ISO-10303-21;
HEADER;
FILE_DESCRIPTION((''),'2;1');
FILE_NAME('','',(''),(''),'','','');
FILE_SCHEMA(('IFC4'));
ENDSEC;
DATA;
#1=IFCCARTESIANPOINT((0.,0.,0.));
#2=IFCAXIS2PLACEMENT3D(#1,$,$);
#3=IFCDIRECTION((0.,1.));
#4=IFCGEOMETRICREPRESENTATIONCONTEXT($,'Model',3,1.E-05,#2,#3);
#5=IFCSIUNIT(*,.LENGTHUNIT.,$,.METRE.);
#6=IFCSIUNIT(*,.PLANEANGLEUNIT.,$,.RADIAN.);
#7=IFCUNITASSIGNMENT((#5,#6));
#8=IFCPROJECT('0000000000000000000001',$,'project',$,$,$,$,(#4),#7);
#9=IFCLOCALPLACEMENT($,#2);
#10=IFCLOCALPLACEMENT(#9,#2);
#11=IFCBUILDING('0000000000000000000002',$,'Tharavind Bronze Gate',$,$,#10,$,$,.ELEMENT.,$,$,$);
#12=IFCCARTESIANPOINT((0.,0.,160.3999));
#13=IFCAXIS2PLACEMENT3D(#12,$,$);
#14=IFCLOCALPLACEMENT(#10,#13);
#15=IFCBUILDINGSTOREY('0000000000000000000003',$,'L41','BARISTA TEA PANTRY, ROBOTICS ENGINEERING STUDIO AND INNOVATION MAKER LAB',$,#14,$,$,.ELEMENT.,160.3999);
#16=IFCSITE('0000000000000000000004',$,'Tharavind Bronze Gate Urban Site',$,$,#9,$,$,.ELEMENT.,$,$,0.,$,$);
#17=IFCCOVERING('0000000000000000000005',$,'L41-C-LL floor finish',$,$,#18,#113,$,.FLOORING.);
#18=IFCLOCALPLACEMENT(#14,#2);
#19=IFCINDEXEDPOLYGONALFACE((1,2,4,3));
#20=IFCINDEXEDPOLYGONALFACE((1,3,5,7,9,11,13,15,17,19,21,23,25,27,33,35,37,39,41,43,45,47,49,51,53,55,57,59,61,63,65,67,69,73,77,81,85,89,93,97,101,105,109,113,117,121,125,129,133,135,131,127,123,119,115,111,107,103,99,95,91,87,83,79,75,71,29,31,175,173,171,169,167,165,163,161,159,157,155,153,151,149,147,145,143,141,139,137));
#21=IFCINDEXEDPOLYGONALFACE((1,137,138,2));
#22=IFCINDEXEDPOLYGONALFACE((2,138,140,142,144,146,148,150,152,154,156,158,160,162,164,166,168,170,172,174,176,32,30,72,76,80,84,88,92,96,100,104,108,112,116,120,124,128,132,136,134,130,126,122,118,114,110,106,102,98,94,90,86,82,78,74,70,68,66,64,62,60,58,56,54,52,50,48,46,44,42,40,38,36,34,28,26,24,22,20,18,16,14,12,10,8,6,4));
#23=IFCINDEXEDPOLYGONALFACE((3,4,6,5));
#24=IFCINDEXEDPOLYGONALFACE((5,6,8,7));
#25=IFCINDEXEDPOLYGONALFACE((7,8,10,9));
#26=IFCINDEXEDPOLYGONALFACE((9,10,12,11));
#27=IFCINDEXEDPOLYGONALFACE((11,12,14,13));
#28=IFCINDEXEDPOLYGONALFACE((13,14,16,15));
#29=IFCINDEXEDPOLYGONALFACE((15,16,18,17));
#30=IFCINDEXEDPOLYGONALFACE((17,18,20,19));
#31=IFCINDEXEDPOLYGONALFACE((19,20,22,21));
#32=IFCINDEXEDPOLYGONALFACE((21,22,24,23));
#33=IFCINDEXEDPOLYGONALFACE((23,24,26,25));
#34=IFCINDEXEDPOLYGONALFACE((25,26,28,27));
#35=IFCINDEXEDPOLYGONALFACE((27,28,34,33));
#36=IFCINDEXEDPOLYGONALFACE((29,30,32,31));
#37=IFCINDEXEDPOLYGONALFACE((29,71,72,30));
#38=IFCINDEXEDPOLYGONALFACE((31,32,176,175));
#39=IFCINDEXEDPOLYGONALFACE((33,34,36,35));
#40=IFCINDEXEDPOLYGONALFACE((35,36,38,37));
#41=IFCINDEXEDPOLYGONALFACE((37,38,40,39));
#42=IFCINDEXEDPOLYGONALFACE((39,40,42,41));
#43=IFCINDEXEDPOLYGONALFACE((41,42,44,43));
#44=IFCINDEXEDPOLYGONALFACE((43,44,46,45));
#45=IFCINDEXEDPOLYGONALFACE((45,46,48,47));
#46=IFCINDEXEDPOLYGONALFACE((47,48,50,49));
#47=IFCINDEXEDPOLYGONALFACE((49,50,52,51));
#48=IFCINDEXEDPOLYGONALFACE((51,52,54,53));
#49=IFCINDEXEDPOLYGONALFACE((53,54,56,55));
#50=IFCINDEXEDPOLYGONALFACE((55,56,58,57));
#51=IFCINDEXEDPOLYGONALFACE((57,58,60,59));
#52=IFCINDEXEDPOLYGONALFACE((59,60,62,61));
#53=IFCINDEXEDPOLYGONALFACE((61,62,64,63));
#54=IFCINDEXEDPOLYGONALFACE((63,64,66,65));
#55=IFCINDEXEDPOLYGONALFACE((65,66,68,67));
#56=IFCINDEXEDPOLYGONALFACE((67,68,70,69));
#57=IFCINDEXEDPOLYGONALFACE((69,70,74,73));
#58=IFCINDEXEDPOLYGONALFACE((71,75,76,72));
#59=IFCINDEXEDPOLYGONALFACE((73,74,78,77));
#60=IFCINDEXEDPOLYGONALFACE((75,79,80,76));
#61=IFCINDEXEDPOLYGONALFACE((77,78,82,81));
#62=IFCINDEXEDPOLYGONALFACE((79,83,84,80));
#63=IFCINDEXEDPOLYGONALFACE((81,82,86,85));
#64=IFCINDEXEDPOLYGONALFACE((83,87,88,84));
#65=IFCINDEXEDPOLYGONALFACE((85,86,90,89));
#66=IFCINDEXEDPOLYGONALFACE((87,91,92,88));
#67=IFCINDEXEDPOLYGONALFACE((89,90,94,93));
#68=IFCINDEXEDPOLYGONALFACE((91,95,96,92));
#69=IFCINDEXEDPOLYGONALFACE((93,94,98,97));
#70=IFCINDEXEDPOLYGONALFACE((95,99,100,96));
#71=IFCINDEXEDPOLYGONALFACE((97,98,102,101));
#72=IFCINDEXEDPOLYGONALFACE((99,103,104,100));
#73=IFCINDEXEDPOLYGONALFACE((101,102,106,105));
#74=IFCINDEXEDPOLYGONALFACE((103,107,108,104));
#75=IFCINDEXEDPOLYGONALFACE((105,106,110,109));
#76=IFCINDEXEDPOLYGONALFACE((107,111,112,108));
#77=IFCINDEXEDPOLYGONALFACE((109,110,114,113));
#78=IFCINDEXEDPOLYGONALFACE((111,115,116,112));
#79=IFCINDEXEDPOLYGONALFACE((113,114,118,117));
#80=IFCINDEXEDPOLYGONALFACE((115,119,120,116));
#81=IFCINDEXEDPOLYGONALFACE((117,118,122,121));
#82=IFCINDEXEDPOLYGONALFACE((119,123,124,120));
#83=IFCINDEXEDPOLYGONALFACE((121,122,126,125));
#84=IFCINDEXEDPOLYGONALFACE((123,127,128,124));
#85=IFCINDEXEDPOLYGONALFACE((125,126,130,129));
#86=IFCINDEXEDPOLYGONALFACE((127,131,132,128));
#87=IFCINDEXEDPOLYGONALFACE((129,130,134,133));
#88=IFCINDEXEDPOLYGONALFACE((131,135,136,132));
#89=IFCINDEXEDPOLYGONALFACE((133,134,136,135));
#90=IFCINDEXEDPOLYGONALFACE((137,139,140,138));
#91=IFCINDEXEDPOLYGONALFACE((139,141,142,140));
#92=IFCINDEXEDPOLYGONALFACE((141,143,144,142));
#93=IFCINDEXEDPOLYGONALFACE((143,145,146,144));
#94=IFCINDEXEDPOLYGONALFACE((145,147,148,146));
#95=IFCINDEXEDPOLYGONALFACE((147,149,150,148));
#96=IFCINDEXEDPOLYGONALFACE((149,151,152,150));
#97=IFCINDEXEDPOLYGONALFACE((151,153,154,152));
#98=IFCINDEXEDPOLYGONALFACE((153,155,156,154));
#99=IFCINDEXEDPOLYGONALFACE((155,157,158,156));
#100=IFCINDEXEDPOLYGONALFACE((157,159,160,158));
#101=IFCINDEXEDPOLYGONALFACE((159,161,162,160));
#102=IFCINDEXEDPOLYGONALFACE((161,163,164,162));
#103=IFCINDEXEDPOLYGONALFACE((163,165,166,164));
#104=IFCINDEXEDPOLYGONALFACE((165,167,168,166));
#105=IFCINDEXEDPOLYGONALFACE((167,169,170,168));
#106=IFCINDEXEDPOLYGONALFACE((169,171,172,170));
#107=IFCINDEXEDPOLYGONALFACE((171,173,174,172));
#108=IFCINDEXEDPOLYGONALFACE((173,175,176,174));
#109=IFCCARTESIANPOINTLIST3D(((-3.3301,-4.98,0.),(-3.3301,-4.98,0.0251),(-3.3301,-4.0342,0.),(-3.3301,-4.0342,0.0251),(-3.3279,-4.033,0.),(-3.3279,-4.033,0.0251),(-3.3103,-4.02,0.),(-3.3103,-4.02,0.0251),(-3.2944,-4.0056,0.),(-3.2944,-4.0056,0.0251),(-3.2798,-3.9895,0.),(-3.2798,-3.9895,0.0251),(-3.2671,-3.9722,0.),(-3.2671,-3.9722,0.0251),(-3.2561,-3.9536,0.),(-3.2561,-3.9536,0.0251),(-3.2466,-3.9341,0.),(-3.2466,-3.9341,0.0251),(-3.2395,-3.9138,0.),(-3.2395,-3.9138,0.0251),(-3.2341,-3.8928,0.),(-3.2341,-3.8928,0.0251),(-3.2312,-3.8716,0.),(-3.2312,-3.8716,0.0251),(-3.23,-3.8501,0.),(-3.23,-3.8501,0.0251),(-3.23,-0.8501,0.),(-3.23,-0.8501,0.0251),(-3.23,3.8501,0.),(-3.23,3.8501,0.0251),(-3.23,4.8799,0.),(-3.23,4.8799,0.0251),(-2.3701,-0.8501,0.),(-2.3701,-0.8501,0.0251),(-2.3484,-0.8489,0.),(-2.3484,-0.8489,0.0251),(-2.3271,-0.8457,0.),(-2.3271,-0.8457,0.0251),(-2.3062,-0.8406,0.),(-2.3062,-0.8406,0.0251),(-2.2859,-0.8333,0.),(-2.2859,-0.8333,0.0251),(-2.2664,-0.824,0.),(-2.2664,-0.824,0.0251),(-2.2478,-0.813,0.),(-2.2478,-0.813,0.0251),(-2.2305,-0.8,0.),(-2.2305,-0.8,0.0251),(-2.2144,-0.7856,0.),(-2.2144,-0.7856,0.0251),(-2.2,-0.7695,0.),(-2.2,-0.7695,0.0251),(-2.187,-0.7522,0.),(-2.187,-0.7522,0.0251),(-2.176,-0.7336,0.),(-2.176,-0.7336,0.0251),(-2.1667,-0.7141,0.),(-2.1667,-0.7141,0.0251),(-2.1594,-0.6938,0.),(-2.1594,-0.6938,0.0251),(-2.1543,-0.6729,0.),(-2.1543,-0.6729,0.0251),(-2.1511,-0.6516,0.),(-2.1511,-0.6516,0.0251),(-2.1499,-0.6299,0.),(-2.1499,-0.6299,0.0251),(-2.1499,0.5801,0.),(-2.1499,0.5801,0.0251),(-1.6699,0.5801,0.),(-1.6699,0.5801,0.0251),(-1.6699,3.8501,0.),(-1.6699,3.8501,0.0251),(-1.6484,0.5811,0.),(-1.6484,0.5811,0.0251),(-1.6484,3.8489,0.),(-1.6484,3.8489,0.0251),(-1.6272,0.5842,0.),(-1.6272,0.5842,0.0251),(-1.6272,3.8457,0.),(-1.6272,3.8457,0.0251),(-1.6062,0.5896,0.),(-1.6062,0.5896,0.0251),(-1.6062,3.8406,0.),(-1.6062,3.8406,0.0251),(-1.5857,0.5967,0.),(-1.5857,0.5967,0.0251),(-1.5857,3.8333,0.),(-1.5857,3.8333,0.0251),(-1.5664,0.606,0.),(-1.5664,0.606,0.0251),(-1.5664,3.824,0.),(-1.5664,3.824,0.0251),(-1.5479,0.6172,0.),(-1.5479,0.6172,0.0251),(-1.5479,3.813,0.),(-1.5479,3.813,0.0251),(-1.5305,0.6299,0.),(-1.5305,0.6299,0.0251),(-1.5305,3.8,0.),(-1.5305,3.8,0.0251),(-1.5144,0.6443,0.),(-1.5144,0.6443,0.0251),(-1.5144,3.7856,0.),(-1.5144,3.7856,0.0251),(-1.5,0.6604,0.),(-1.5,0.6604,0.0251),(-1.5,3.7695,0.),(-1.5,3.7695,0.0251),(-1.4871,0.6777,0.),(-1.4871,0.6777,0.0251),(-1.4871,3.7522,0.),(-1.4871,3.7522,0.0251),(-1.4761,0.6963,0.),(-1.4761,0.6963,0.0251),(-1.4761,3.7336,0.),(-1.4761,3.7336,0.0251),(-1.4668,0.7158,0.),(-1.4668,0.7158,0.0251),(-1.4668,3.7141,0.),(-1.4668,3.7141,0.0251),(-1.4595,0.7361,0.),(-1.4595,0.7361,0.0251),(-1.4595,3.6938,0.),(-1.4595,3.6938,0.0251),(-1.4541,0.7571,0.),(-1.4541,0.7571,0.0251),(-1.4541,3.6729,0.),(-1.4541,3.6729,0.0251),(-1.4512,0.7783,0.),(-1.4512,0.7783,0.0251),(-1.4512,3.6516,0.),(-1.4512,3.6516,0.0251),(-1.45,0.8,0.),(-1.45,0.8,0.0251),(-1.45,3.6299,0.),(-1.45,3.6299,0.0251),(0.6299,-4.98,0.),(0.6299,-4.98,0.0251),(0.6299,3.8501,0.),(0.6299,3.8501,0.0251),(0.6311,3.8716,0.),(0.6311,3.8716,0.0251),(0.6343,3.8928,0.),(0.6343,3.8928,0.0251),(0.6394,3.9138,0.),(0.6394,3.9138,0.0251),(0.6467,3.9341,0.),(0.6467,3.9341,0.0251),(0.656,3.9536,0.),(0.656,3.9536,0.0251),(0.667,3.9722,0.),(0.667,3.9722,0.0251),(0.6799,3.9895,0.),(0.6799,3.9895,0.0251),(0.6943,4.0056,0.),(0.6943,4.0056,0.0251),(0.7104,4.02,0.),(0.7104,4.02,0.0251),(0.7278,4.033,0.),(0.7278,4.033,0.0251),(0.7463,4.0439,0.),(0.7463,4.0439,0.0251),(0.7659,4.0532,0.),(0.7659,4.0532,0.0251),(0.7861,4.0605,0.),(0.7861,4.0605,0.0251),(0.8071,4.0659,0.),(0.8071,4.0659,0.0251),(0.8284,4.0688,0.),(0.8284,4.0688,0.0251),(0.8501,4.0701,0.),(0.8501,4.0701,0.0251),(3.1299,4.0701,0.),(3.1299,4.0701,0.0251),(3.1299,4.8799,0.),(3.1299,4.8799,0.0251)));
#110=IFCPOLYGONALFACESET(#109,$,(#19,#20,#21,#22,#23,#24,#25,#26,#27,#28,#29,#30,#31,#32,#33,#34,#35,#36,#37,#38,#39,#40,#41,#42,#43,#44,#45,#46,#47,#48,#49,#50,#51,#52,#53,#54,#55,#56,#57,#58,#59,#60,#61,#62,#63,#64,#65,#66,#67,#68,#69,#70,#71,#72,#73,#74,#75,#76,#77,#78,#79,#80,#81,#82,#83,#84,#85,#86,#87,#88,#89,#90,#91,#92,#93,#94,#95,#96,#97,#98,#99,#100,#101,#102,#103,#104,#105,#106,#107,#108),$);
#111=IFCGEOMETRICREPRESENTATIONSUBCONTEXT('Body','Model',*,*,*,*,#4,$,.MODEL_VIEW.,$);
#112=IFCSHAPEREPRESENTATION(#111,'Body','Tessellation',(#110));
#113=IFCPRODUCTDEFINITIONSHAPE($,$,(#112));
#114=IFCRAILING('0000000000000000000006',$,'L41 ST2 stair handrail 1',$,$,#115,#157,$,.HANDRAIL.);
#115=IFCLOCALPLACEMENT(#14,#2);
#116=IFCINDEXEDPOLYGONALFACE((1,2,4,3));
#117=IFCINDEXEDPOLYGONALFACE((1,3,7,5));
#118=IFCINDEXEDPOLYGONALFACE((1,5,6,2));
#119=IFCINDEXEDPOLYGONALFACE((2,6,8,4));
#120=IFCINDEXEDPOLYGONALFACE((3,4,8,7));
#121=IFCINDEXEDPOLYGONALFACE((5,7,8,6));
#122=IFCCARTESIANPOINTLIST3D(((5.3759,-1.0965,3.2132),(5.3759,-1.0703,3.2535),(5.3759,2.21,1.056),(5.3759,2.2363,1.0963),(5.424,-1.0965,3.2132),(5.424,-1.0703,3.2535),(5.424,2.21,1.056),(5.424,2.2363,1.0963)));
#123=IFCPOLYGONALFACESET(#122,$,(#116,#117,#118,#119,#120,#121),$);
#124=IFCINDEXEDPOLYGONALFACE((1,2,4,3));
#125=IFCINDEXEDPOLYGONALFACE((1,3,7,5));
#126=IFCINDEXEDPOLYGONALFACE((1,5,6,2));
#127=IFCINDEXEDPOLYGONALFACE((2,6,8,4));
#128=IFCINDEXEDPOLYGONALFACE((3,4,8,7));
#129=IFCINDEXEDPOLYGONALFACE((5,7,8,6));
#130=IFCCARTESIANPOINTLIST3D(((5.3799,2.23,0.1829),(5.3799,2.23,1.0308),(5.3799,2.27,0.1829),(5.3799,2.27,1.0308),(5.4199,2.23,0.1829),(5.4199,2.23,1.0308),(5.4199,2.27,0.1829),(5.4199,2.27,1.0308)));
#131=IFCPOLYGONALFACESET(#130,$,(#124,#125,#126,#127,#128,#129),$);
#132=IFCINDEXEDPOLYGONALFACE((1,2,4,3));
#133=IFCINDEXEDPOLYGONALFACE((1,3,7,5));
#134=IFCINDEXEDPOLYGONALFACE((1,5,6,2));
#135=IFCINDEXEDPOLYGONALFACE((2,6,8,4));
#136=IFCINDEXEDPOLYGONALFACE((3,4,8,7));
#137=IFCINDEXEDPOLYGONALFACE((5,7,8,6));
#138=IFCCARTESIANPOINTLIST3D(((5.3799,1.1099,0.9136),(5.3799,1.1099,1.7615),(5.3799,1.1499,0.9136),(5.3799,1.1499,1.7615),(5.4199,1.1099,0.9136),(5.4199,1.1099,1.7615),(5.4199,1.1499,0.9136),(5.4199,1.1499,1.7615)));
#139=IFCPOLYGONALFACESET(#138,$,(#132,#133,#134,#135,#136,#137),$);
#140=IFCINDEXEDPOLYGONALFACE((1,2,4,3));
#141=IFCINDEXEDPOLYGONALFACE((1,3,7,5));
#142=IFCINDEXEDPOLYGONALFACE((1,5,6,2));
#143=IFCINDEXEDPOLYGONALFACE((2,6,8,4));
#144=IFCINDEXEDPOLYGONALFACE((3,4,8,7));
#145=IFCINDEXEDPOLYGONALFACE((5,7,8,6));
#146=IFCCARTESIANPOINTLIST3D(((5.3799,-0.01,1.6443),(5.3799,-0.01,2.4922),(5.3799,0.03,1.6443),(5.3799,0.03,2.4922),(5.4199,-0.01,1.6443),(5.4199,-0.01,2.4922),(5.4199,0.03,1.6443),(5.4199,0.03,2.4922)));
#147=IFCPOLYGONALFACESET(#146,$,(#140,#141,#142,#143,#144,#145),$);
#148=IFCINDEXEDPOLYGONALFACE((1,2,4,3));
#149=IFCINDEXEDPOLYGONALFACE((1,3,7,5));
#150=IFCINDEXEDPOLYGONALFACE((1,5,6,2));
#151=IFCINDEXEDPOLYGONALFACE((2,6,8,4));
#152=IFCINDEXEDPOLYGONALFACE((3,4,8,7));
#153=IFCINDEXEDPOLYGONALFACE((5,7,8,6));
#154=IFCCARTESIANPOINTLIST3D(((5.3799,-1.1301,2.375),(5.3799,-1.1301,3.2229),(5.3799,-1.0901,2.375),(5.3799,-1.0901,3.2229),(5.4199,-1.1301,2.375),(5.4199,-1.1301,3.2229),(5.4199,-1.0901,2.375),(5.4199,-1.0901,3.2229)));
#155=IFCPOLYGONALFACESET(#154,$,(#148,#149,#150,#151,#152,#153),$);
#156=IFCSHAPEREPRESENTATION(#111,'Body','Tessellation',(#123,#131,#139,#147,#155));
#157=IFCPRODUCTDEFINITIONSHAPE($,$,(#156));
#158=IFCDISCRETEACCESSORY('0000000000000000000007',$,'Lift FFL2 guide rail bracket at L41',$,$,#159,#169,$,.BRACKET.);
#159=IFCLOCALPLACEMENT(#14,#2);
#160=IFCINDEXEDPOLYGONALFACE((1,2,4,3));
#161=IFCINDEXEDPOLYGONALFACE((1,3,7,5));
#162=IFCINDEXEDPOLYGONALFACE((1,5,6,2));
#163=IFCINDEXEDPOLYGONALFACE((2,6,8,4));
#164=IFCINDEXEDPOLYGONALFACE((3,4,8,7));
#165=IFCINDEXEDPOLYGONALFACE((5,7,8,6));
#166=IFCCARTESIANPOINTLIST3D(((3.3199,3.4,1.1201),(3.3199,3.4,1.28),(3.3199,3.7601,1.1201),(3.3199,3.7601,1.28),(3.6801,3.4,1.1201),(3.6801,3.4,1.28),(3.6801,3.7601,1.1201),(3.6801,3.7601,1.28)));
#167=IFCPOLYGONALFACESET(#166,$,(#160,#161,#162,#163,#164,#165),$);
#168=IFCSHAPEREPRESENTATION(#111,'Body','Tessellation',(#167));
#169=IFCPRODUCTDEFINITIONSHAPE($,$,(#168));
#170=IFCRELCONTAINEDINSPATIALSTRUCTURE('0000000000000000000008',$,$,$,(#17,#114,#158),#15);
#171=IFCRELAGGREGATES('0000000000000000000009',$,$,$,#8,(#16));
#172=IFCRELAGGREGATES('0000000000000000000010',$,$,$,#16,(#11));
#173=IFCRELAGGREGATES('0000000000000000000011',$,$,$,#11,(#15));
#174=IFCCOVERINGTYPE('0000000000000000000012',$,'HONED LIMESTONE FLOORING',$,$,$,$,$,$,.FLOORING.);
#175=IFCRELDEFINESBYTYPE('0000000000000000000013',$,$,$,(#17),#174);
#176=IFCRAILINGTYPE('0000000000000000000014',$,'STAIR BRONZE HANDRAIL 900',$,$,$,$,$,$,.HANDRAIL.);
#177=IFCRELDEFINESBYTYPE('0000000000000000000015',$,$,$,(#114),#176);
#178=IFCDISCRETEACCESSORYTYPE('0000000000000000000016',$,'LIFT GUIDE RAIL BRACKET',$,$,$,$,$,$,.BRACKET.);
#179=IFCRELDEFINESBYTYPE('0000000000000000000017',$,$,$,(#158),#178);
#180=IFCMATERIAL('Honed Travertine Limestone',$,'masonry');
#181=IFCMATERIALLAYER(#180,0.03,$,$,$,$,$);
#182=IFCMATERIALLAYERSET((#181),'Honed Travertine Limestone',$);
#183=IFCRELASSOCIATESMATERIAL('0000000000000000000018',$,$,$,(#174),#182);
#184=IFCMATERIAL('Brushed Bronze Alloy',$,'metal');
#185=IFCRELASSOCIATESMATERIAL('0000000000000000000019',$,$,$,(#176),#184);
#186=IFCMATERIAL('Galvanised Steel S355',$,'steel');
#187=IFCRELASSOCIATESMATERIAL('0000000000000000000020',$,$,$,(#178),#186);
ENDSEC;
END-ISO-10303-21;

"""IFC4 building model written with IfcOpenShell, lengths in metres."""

from ifc_helpers import new_model, si_unit, direction, frame, origin, origin_2d, place, context, subcontext, project, spatial, polyline, rectangle, outline, extrude, material, layer, layer_set, type_object, element, save


model = new_model("IFC4")

# Units and contexts
model_context = context("Model", 3, precision=1e-05, world=origin(), true_north=direction((0.0, 1.0)))
body_context = subcontext(model_context, "Body", "Model", "MODEL_VIEW")
ifc_project = project(units=[si_unit("LENGTHUNIT", "METRE"), si_unit("PLANEANGLEUNIT", "RADIAN")], contexts=[model_context])

# Site, building, storey
site_placement = place(None, origin())
site = spatial("IfcSite", under=ifc_project, at=site_placement, Name="Tharavind Bronze Gate Urban Site", CompositionType="ELEMENT", RefElevation=0.0)
building_placement = place(site_placement, origin())
building = spatial("IfcBuilding", under=site, at=building_placement, Name="Tharavind Bronze Gate", CompositionType="ELEMENT")
storey_placement = place(building_placement, frame((0.0, 0.0, 160.3999)))
storey = spatial("IfcBuildingStorey", under=building, at=storey_placement, Name="L41", Description="BARISTA TEA PANTRY, ROBOTICS ENGINEERING STUDIO AND INNOVATION MAKER LAB", CompositionType="ELEMENT", Elevation=160.3999)

# Covering
ifc_material_1 = material(Name="Honed Travertine Limestone", Category="masonry")
ifc_layer_1 = layer(ifc_material_1, 0.03)
ifc_layer_set_1 = layer_set([ifc_layer_1], Name="Honed Travertine Limestone")
covering_type_1 = type_object("IfcCoveringType", Name="HONED LIMESTONE FLOORING", PredefinedType="FLOORING", material=ifc_layer_set_1)
covering_1_placement = place(storey_placement, origin())
element("IfcCovering", 1, at=covering_1_placement, inside=storey, type_object=covering_type_1, Name="L41-C-LL floor finish", PredefinedType="FLOORING", context=body_context, shape_type="SweptSolid", body=[
    extrude(outline(polyline([(-3.3301, -4.98), (0.6299, -4.98), (0.6299, 3.8501), (0.6311, 3.8716), (0.6343, 3.8928), (0.6394, 3.9138), (0.6467, 3.9341), (0.656, 3.9536), (0.667, 3.9722), (0.6799, 3.9895), (0.6943, 4.0056), (0.7104, 4.02), (0.7278, 4.033), (0.7463, 4.0439), (0.7659, 4.0532), (0.7861, 4.0605), (0.8071, 4.0659), (0.8284, 4.0688), (0.8501, 4.0701), (3.1299, 4.0701), (3.1299, 4.8799), (-3.23, 4.8799), (-3.23, 3.8501), (-1.6699, 3.8501), (-1.6484, 3.8489), (-1.6272, 3.8457), (-1.6062, 3.8406), (-1.5857, 3.8333), (-1.5664, 3.824), (-1.5479, 3.813), (-1.5305, 3.8), (-1.5144, 3.7856), (-1.5, 3.7695), (-1.4871, 3.7522), (-1.4761, 3.7336), (-1.4668, 3.7141), (-1.4595, 3.6938), (-1.4541, 3.6729), (-1.4512, 3.6516), (-1.45, 3.6299), (-1.45, 0.8), (-1.4512, 0.7783), (-1.4541, 0.7571), (-1.4595, 0.7361), (-1.4668, 0.7158), (-1.4761, 0.6963), (-1.4871, 0.6777), (-1.5, 0.6604), (-1.5144, 0.6443), (-1.5305, 0.6299), (-1.5479, 0.6172), (-1.5664, 0.606), (-1.5857, 0.5967), (-1.6062, 0.5896), (-1.6272, 0.5842), (-1.6484, 0.5811), (-1.6699, 0.5801), (-2.1499, 0.5801), (-2.1499, -0.6299), (-2.1511, -0.6516), (-2.1543, -0.6729), (-2.1594, -0.6938), (-2.1667, -0.7141), (-2.176, -0.7336), (-2.187, -0.7522), (-2.2, -0.7695), (-2.2144, -0.7856), (-2.2305, -0.8), (-2.2478, -0.813), (-2.2664, -0.824), (-2.2859, -0.8333), (-2.3062, -0.8406), (-2.3271, -0.8457), (-2.3484, -0.8489), (-2.3701, -0.8501), (-3.23, -0.8501), (-3.23, -3.8501), (-3.2312, -3.8716), (-3.2341, -3.8928), (-3.2395, -3.9138), (-3.2466, -3.9341), (-3.2561, -3.9536), (-3.2671, -3.9722), (-3.2798, -3.9895), (-3.2944, -4.0056), (-3.3103, -4.02), (-3.3279, -4.033), (-3.3301, -4.0342), (-3.3301, -4.98)])), origin(), (0.0, 0.0, 1.0), 0.0251),
])

# Railing
ifc_material_2 = material(Name="Brushed Bronze Alloy", Category="metal")
railing_type = type_object("IfcRailingType", Name="STAIR BRONZE HANDRAIL 900", PredefinedType="HANDRAIL", material=ifc_material_2)
railing_placement = place(storey_placement, frame((5.3999, 2.25, 0.1829)))
element("IfcRailing", 2, at=railing_placement, inside=storey, type_object=railing_type, Name="L41 ST2 stair handrail 1", PredefinedType="HANDRAIL", context=body_context, shape_type="SweptSolid", body=[
    extrude(rectangle(XDim=0.0481, YDim=0.0481, at=origin_2d()), frame((0.0, -0.0269, 0.8933), z_axis=(0.0, -0.837523, 0.546401), x_axis=(1.0, 0.0, 0.0)), (0.0, 0.0, 1.0), 3.948),
    extrude(rectangle(XDim=0.04, YDim=0.04, at=origin_2d()), origin(), (0.0, 0.0, 1.0), 0.8479),
    extrude(rectangle(XDim=0.04, YDim=0.04, at=origin_2d()), frame((0.0, -1.1201, 0.7307)), (0.0, 0.0, 1.0), 0.8479),
    extrude(rectangle(XDim=0.04, YDim=0.04, at=origin_2d()), frame((0.0, -2.24, 1.4614)), (0.0, 0.0, 1.0), 0.8479),
    extrude(rectangle(XDim=0.04, YDim=0.04, at=origin_2d()), frame((0.0, -3.3601, 2.1921)), (0.0, 0.0, 1.0), 0.8479),
])

# Discrete accessory
ifc_material_3 = material(Name="Galvanised Steel S355", Category="steel")
discrete_accessory_type = type_object("IfcDiscreteAccessoryType", Name="LIFT GUIDE RAIL BRACKET", PredefinedType="BRACKET", material=ifc_material_3)
discrete_accessory_placement = place(storey_placement, frame((3.5, 3.5801, 1.1201), z_axis=(0.0, 0.0, 1.0), x_axis=(1.0, 0.0, 0.0)))
element("IfcDiscreteAccessory", 3, at=discrete_accessory_placement, inside=storey, type_object=discrete_accessory_type, Name="Lift FFL2 guide rail bracket at L41", PredefinedType="BRACKET", context=body_context, shape_type="SweptSolid", body=[
    extrude(rectangle(XDim=0.3601, YDim=0.3601, at=origin_2d()), origin(), (0.0, 0.0, 1.0), 0.1599),
])

save(model, "model.ifc")
